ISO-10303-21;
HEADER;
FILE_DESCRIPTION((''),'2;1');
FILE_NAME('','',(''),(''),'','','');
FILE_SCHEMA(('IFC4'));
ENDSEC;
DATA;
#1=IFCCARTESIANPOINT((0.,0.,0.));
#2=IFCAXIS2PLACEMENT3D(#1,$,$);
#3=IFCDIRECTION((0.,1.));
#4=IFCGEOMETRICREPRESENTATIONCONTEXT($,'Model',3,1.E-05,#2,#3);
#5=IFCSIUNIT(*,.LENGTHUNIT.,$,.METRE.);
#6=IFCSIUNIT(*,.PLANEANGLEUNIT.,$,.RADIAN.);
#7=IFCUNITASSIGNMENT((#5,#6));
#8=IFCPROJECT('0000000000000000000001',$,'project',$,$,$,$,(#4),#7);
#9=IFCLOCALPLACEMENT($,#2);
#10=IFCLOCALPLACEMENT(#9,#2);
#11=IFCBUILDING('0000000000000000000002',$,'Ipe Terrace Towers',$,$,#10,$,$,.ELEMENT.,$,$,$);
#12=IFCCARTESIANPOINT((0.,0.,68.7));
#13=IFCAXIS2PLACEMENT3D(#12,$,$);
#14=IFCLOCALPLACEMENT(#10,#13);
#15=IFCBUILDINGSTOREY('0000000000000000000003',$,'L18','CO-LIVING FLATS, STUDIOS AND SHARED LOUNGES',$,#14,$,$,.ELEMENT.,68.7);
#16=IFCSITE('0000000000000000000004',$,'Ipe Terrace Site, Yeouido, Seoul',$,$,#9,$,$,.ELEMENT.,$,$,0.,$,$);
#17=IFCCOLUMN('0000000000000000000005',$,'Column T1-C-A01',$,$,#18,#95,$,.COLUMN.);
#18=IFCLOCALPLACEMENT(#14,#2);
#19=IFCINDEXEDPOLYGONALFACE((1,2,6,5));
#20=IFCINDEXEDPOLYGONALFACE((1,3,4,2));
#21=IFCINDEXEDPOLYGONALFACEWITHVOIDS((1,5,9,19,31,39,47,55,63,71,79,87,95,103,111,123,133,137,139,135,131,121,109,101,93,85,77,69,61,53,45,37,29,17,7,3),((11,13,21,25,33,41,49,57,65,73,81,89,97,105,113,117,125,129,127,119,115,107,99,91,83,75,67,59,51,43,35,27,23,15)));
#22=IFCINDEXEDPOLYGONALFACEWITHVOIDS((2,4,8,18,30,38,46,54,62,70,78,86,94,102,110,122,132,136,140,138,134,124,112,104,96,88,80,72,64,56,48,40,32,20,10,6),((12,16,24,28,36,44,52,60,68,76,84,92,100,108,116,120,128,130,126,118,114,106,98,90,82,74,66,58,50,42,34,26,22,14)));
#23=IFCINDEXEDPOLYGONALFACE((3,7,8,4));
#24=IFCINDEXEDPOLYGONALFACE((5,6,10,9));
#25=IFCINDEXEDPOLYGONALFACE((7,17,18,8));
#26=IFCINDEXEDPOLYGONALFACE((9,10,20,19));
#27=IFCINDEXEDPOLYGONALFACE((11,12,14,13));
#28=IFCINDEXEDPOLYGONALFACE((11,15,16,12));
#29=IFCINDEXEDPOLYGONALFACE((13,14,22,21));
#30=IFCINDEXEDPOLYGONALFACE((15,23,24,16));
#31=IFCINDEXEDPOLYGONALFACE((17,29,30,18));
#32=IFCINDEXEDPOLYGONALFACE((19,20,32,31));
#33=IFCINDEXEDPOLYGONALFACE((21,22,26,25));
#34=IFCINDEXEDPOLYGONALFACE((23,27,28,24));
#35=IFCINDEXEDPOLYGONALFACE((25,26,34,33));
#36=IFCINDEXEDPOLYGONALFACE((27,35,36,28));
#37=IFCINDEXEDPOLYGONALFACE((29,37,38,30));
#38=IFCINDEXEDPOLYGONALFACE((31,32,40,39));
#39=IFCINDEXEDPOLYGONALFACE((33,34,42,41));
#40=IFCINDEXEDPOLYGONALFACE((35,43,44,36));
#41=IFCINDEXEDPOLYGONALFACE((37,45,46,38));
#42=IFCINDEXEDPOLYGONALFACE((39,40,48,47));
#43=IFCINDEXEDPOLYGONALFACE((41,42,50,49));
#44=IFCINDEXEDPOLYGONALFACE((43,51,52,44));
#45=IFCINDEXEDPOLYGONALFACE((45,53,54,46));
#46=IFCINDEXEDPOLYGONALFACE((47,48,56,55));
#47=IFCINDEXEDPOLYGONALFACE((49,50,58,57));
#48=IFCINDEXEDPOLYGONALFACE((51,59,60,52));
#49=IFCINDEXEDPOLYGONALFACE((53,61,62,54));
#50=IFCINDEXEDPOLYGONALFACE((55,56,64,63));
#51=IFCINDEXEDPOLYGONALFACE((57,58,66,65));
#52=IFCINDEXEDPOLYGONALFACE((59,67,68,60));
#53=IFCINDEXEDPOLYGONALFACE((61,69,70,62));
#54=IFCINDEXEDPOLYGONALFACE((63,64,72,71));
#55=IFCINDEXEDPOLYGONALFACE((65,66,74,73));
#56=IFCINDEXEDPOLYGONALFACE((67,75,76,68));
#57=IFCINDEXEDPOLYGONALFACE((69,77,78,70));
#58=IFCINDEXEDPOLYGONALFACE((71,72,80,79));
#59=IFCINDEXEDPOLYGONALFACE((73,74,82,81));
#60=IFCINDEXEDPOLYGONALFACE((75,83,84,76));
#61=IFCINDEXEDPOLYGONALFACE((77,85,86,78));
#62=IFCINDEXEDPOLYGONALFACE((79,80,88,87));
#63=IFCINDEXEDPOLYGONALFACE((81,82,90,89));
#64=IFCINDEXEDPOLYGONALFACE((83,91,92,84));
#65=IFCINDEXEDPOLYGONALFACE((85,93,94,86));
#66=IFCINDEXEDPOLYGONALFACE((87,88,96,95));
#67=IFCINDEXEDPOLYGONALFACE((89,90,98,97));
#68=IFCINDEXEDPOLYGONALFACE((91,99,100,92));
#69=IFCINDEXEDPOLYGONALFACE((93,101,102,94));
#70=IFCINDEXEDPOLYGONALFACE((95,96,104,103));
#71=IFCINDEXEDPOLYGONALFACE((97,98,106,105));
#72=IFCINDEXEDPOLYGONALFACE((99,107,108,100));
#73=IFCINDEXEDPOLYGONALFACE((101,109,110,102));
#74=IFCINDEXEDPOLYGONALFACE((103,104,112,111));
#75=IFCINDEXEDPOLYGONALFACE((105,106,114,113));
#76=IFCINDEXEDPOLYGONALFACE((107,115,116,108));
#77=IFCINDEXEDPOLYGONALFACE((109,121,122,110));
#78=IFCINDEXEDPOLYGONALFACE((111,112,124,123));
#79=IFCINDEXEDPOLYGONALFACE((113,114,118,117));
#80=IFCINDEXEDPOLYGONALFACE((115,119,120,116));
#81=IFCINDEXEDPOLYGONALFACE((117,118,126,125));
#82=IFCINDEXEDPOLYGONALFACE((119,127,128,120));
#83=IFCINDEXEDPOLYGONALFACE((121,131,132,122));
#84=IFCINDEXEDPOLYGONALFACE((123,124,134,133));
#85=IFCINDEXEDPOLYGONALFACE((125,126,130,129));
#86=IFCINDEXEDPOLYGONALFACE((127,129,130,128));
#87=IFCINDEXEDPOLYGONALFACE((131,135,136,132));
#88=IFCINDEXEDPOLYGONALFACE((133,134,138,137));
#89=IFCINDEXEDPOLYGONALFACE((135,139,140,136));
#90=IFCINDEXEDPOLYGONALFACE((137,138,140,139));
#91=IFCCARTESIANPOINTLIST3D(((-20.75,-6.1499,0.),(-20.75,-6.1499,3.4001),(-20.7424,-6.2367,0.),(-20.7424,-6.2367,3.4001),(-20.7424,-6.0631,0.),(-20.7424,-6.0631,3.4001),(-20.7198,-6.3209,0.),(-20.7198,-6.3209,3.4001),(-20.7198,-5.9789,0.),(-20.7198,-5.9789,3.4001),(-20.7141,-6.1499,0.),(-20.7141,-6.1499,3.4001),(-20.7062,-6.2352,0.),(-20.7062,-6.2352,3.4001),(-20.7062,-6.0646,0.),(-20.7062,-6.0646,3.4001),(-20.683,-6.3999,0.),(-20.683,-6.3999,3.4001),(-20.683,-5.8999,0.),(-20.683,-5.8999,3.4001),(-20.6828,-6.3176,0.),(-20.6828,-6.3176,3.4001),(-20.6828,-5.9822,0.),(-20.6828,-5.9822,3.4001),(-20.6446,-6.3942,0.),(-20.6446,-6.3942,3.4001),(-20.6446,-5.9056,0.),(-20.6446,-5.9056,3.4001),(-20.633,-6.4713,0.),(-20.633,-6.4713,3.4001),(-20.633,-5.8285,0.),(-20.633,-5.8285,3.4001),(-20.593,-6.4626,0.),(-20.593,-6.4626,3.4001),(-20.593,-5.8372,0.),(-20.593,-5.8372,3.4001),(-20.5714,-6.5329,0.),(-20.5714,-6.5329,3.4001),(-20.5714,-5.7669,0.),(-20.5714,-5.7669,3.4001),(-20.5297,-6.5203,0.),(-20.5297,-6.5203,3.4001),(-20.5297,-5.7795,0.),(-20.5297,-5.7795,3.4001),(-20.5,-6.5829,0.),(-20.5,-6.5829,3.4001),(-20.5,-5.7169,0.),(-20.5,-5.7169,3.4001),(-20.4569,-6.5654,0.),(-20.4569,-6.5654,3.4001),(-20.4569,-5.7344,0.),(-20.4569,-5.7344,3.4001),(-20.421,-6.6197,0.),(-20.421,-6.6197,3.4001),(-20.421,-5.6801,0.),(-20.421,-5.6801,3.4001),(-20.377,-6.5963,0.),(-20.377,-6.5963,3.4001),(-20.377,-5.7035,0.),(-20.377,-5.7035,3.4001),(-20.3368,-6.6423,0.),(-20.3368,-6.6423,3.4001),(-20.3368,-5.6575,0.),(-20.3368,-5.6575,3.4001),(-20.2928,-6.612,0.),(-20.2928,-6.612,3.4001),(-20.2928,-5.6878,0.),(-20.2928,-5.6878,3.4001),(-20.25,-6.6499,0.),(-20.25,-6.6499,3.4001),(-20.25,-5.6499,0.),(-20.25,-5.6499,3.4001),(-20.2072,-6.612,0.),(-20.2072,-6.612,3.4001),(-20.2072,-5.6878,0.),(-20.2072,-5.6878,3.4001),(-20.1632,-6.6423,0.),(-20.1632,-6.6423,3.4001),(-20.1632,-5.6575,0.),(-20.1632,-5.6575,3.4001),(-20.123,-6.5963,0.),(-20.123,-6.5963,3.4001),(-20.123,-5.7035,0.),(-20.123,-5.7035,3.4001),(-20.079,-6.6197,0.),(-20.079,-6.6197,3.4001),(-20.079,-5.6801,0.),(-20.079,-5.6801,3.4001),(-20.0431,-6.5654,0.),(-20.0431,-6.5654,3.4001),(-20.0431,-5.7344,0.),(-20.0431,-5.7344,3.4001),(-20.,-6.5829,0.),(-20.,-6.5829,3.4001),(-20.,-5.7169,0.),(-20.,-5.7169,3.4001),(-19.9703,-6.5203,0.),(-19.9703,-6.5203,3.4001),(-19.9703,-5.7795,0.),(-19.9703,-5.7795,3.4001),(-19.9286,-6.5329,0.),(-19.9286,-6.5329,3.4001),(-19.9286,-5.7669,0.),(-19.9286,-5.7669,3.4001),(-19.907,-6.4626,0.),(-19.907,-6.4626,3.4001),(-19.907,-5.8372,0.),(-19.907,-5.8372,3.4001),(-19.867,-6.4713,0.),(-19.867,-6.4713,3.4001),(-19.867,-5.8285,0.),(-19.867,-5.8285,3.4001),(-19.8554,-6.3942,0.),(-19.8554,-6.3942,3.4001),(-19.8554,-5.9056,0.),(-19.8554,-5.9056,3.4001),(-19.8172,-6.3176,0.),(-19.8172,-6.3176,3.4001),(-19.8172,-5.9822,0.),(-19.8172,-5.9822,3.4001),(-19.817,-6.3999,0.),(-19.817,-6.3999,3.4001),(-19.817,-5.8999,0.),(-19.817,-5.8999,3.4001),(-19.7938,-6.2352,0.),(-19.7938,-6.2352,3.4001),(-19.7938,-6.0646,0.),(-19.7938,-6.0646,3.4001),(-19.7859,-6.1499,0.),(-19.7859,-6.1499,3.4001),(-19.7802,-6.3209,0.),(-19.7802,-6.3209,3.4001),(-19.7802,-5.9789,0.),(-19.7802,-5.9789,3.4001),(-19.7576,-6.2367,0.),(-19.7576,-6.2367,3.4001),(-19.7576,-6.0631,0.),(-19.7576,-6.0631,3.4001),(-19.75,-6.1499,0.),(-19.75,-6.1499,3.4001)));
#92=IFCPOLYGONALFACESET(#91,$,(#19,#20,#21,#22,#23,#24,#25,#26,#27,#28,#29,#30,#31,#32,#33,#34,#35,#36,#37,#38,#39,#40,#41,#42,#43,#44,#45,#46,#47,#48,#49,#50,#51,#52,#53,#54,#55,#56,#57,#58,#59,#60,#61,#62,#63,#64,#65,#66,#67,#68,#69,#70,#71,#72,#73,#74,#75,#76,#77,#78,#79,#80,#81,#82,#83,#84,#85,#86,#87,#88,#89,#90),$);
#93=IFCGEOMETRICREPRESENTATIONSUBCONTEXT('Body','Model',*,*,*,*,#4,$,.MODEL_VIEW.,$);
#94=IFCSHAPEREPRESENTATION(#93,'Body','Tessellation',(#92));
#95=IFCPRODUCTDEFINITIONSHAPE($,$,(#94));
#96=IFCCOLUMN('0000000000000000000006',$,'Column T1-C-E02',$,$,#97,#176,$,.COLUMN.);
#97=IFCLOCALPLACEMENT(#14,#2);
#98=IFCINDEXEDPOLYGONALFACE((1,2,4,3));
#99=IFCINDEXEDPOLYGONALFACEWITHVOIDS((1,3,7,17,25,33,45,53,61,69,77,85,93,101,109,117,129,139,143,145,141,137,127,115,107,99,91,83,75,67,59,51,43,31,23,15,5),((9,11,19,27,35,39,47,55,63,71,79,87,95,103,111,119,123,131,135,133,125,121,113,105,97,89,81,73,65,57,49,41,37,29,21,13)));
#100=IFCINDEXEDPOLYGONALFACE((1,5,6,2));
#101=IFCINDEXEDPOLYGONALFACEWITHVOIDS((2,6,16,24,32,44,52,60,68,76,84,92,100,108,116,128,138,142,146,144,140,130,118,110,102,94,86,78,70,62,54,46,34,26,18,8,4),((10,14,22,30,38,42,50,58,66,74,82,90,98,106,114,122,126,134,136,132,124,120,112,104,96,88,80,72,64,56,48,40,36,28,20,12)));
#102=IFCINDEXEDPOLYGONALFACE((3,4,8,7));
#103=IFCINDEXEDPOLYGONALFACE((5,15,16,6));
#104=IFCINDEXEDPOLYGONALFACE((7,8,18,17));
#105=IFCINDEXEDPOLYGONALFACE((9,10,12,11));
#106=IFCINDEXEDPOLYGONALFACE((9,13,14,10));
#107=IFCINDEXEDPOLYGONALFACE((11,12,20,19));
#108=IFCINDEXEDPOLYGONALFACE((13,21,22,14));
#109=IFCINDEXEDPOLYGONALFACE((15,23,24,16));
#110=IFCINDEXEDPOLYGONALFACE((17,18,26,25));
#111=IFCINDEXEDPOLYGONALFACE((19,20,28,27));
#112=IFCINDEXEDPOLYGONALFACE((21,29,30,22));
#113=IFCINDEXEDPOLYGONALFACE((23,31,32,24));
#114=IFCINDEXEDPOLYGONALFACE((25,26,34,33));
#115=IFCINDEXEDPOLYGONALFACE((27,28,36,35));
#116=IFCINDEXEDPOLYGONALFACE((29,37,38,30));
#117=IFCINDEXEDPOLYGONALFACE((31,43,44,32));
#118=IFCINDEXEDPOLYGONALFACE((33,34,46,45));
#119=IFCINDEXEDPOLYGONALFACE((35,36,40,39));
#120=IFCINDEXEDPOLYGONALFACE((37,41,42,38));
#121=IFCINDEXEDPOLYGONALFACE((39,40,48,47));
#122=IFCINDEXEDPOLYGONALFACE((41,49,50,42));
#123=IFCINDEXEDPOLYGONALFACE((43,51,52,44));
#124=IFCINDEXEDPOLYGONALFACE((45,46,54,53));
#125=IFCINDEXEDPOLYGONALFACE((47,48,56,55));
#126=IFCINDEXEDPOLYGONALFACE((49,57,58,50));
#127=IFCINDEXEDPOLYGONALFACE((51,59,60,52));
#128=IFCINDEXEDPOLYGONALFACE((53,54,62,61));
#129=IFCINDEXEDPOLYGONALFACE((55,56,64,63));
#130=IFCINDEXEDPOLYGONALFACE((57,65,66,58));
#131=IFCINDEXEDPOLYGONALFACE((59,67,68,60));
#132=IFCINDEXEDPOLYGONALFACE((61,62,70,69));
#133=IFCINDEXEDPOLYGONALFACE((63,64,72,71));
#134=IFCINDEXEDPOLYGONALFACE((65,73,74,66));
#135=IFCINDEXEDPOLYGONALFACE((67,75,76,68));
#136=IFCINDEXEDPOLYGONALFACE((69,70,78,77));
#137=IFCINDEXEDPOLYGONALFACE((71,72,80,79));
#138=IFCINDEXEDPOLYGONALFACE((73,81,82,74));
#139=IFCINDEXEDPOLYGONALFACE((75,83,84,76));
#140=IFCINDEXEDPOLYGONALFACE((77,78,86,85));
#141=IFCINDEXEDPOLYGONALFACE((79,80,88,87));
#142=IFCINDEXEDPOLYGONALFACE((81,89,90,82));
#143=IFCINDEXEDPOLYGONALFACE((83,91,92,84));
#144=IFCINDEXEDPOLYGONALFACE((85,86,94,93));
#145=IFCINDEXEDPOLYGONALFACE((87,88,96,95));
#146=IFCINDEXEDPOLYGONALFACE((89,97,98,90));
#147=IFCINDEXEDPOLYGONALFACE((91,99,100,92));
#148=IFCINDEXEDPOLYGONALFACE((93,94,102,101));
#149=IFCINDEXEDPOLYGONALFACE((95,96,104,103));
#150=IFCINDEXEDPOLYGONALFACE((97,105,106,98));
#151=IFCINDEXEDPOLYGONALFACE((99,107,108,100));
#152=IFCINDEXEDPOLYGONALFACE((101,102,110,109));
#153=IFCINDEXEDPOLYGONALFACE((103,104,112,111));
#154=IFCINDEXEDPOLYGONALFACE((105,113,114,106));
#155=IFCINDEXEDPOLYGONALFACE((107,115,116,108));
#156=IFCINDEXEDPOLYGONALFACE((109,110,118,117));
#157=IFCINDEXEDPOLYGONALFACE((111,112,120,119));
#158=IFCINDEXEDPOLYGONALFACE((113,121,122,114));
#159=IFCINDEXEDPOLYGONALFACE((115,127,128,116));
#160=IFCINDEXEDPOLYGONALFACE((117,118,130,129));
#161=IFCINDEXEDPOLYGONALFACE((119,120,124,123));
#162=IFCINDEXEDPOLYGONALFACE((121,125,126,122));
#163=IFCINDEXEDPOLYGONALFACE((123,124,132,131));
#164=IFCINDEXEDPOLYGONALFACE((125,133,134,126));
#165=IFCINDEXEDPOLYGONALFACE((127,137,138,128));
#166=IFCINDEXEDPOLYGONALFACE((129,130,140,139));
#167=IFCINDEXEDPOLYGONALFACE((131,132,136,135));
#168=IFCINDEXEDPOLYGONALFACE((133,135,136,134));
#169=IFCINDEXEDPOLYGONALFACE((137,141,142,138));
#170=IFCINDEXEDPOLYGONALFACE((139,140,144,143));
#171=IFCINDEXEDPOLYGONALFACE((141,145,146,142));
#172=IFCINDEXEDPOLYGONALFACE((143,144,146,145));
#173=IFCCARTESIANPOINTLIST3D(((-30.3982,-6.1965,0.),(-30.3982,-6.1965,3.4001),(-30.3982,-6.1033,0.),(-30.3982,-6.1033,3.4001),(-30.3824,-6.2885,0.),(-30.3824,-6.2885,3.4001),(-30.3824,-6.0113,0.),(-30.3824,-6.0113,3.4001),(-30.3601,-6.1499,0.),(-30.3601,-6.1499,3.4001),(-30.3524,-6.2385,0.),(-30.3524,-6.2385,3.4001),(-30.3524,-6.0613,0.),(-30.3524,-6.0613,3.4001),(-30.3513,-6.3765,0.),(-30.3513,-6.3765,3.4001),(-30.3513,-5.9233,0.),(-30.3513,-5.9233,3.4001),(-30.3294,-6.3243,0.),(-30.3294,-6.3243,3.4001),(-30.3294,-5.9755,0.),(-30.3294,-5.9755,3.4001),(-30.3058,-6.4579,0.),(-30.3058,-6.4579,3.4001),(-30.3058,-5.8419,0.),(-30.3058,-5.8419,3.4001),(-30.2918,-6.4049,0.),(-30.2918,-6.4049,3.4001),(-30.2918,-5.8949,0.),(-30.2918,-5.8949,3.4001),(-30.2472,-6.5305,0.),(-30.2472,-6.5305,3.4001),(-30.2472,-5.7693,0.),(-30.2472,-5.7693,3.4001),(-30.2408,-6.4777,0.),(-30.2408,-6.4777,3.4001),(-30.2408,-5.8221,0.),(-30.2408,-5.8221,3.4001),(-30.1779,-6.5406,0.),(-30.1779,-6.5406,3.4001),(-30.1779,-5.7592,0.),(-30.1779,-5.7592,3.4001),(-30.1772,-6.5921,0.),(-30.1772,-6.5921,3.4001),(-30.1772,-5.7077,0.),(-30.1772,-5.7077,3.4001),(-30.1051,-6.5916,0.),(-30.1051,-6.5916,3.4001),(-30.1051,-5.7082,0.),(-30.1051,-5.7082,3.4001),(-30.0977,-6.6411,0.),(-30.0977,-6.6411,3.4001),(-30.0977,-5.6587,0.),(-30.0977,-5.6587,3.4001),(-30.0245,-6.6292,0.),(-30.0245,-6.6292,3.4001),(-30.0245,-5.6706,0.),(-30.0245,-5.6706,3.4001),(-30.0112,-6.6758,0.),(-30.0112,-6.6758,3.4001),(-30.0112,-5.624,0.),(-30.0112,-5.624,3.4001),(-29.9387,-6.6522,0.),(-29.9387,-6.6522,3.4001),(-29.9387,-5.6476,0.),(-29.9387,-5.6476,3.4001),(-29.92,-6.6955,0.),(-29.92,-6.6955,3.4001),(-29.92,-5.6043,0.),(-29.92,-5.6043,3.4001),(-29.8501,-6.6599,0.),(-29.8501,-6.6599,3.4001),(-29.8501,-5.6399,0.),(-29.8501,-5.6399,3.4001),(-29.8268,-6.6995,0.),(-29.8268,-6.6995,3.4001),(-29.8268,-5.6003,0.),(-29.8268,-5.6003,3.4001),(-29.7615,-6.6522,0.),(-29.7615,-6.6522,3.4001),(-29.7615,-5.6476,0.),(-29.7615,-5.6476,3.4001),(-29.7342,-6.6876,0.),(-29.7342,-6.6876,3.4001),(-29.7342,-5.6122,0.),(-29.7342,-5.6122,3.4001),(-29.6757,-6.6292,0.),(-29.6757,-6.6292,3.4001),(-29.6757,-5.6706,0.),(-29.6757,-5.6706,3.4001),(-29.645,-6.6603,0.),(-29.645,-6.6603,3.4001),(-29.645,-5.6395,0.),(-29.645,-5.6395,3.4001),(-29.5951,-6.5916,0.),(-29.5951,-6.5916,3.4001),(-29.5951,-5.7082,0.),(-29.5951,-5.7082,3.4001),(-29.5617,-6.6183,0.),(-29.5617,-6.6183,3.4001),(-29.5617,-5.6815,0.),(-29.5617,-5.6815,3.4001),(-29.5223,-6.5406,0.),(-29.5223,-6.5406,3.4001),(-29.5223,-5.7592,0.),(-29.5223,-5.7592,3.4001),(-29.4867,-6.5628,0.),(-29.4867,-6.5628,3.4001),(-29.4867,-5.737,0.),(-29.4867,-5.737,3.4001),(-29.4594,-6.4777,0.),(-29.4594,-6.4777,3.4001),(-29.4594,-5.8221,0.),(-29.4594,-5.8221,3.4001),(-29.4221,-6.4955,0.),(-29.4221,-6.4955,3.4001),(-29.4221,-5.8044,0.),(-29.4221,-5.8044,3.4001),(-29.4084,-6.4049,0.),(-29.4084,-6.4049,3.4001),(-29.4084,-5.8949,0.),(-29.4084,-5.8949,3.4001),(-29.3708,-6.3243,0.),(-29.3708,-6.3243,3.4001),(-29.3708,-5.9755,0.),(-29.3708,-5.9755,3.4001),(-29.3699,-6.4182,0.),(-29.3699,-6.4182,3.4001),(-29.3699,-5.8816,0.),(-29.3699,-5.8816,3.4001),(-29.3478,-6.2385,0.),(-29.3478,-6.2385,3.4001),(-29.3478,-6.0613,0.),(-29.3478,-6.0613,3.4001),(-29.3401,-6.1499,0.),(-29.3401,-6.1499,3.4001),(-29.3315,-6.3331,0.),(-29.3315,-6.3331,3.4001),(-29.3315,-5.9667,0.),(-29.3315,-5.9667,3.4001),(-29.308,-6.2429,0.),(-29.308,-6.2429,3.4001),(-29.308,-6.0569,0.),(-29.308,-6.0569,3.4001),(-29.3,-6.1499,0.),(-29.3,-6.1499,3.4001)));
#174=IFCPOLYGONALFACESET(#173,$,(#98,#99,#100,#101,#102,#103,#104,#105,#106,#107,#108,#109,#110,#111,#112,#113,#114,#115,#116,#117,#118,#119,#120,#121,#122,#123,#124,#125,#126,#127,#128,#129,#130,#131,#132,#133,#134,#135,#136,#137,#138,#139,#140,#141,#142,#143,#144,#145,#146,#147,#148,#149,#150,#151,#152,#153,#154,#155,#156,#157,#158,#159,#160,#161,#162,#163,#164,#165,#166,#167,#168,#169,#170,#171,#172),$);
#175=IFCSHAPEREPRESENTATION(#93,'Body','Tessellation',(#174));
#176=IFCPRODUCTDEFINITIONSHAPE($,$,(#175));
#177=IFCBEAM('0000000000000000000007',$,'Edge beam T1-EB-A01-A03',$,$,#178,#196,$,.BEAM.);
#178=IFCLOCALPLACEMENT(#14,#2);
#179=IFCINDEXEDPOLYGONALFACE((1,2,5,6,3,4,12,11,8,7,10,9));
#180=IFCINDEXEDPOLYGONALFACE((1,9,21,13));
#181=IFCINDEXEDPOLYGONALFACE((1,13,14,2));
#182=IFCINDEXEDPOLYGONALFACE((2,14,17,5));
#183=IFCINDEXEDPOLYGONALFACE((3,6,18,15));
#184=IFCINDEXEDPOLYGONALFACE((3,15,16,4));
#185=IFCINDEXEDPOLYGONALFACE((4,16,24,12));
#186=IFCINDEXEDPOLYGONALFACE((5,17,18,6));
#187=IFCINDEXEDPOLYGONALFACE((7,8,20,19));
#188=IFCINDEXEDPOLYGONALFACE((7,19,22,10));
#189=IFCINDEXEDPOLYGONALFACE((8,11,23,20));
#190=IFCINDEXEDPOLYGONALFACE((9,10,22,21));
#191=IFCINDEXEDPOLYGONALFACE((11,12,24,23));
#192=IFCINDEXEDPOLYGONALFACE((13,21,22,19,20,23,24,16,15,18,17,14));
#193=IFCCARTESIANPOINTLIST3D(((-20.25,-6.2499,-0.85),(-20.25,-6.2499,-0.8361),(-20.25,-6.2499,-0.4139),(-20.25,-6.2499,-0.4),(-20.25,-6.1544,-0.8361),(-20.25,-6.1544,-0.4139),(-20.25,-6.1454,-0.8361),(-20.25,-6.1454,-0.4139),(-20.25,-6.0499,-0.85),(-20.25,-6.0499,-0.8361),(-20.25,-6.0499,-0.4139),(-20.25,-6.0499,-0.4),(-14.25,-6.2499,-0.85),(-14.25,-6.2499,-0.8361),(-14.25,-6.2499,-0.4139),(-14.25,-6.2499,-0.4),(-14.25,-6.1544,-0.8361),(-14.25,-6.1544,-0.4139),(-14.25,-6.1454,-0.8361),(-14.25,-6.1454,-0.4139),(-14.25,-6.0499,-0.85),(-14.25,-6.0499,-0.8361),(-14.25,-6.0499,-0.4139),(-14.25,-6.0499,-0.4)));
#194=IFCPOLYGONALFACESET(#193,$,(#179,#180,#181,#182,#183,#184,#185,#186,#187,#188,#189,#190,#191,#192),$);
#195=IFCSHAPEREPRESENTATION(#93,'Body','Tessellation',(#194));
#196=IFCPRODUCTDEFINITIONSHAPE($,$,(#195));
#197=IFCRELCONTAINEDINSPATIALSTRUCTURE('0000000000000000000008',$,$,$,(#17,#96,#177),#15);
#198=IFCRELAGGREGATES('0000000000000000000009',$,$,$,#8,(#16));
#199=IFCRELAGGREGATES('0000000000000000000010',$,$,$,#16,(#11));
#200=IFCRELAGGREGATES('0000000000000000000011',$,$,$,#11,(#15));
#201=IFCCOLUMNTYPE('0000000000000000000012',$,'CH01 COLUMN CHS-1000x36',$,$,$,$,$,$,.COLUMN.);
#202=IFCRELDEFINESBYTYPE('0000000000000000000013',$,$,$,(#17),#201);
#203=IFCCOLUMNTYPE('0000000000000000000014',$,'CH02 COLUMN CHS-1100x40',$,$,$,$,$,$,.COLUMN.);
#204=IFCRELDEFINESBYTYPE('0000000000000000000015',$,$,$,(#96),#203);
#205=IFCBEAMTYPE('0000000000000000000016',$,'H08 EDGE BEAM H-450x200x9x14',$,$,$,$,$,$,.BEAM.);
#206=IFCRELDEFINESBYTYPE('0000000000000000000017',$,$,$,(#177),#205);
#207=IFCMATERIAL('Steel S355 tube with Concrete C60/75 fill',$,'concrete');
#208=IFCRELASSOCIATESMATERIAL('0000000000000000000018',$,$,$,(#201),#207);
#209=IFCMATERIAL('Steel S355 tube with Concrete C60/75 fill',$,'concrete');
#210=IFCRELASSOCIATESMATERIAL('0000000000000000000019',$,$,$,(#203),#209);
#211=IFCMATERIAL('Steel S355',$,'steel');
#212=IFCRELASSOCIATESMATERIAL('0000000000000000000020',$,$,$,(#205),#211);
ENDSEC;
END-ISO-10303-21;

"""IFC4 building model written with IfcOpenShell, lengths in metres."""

from ifc_helpers import new_model, si_unit, direction, frame, origin, origin_2d, place, context, subcontext, project, spatial, hollow_circle, i_section, extrude, material, material_profile, profile_set, type_object, element, save


model = new_model("IFC4")

# Units and contexts
model_context = context("Model", 3, precision=1e-05, world=origin(), true_north=direction((0.0, 1.0)))
body_context = subcontext(model_context, "Body", "Model", "MODEL_VIEW")
ifc_project = project(units=[si_unit("LENGTHUNIT", "METRE"), si_unit("PLANEANGLEUNIT", "RADIAN")], contexts=[model_context])

# Site, building, storey
site_placement = place(None, origin())
site = spatial("IfcSite", under=ifc_project, at=site_placement, Name="Ipe Terrace Site, Yeouido, Seoul", CompositionType="ELEMENT", RefElevation=0.0)
building_placement = place(site_placement, origin())
building = spatial("IfcBuilding", under=site, at=building_placement, Name="Ipe Terrace Towers", CompositionType="ELEMENT")
storey_placement = place(building_placement, frame((0.0, 0.0, 68.7)))
storey = spatial("IfcBuildingStorey", under=building, at=storey_placement, Name="L18", Description="CO-LIVING FLATS, STUDIOS AND SHARED LOUNGES", CompositionType="ELEMENT", Elevation=68.7)

# Columns
ifc_material_1 = material(Name="Steel S355 tube with Concrete C60/75 fill", Category="concrete")
ifc_material_profile_1 = material_profile(ifc_material_1, hollow_circle(Radius=0.5, WallThickness=0.0359, at=origin_2d()), Name="CHS-1000x36")
ifc_profile_set_1 = profile_set([ifc_material_profile_1], Name="Steel S355 tube with Concrete C60/75 fill")
column_type_1 = type_object("IfcColumnType", Name="CH01 COLUMN CHS-1000x36", PredefinedType="COLUMN", material=ifc_profile_set_1)
column_1_placement = place(storey_placement, frame((-20.25, -6.1499, 0.0), z_axis=(0.0, 0.0, 1.0), x_axis=(1.0, 0.0, 0.0)))
element("IfcColumn", 1, at=column_1_placement, inside=storey, type_object=column_type_1, Name="Column T1-C-A01", PredefinedType="COLUMN", context=body_context, shape_type="SweptSolid", body=[
    extrude(hollow_circle(Radius=0.5, WallThickness=0.0359, at=origin_2d()), origin(), (0.0, 0.0, 1.0), 3.4001),
])
ifc_material_2 = material(Name="Steel S355 tube with Concrete C60/75 fill", Category="concrete")
ifc_material_profile_2 = material_profile(ifc_material_2, hollow_circle(Radius=0.55, WallThickness=0.04, at=origin_2d()), Name="CHS-1100x40")
ifc_profile_set_2 = profile_set([ifc_material_profile_2], Name="Steel S355 tube with Concrete C60/75 fill")
column_type_2 = type_object("IfcColumnType", Name="CH02 COLUMN CHS-1100x40", PredefinedType="COLUMN", material=ifc_profile_set_2)
column_2_placement = place(storey_placement, frame((-29.8501, -6.1499, 0.0), z_axis=(0.0, 0.0, 1.0), x_axis=(1.0, 0.0, 0.0)))
element("IfcColumn", 2, at=column_2_placement, inside=storey, type_object=column_type_2, Name="Column T1-C-E02", PredefinedType="COLUMN", context=body_context, shape_type="SweptSolid", body=[
    extrude(hollow_circle(Radius=0.55, WallThickness=0.04, at=origin_2d()), origin(), (0.0, 0.0, 1.0), 3.4001),
])

# Beam
ifc_material_3 = material(Name="Steel S355", Category="steel")
ifc_material_profile_3 = material_profile(ifc_material_3, i_section(OverallWidth=0.2, OverallDepth=0.45, WebThickness=0.009, FlangeThickness=0.0139, at=origin_2d()), Name="H-450x200x9x14")
ifc_profile_set_3 = profile_set([ifc_material_profile_3], Name="Steel S355")
beam_type = type_object("IfcBeamType", Name="H08 EDGE BEAM H-450x200x9x14", PredefinedType="BEAM", material=ifc_profile_set_3)
beam_placement = place(storey_placement, frame((-20.25, -6.1499, -0.625), z_axis=(1.0, 0.0, 0.0), x_axis=(0.0, 1.0, 0.0)))
element("IfcBeam", 3, at=beam_placement, inside=storey, type_object=beam_type, Name="Edge beam T1-EB-A01-A03", PredefinedType="BEAM", context=body_context, shape_type="SweptSolid", body=[
    extrude(i_section(OverallWidth=0.2, OverallDepth=0.45, WebThickness=0.009, FlangeThickness=0.0139, at=origin_2d()), origin(), (0.0, 0.0, 1.0), 6.0),
])

save(model, "model.ifc")
